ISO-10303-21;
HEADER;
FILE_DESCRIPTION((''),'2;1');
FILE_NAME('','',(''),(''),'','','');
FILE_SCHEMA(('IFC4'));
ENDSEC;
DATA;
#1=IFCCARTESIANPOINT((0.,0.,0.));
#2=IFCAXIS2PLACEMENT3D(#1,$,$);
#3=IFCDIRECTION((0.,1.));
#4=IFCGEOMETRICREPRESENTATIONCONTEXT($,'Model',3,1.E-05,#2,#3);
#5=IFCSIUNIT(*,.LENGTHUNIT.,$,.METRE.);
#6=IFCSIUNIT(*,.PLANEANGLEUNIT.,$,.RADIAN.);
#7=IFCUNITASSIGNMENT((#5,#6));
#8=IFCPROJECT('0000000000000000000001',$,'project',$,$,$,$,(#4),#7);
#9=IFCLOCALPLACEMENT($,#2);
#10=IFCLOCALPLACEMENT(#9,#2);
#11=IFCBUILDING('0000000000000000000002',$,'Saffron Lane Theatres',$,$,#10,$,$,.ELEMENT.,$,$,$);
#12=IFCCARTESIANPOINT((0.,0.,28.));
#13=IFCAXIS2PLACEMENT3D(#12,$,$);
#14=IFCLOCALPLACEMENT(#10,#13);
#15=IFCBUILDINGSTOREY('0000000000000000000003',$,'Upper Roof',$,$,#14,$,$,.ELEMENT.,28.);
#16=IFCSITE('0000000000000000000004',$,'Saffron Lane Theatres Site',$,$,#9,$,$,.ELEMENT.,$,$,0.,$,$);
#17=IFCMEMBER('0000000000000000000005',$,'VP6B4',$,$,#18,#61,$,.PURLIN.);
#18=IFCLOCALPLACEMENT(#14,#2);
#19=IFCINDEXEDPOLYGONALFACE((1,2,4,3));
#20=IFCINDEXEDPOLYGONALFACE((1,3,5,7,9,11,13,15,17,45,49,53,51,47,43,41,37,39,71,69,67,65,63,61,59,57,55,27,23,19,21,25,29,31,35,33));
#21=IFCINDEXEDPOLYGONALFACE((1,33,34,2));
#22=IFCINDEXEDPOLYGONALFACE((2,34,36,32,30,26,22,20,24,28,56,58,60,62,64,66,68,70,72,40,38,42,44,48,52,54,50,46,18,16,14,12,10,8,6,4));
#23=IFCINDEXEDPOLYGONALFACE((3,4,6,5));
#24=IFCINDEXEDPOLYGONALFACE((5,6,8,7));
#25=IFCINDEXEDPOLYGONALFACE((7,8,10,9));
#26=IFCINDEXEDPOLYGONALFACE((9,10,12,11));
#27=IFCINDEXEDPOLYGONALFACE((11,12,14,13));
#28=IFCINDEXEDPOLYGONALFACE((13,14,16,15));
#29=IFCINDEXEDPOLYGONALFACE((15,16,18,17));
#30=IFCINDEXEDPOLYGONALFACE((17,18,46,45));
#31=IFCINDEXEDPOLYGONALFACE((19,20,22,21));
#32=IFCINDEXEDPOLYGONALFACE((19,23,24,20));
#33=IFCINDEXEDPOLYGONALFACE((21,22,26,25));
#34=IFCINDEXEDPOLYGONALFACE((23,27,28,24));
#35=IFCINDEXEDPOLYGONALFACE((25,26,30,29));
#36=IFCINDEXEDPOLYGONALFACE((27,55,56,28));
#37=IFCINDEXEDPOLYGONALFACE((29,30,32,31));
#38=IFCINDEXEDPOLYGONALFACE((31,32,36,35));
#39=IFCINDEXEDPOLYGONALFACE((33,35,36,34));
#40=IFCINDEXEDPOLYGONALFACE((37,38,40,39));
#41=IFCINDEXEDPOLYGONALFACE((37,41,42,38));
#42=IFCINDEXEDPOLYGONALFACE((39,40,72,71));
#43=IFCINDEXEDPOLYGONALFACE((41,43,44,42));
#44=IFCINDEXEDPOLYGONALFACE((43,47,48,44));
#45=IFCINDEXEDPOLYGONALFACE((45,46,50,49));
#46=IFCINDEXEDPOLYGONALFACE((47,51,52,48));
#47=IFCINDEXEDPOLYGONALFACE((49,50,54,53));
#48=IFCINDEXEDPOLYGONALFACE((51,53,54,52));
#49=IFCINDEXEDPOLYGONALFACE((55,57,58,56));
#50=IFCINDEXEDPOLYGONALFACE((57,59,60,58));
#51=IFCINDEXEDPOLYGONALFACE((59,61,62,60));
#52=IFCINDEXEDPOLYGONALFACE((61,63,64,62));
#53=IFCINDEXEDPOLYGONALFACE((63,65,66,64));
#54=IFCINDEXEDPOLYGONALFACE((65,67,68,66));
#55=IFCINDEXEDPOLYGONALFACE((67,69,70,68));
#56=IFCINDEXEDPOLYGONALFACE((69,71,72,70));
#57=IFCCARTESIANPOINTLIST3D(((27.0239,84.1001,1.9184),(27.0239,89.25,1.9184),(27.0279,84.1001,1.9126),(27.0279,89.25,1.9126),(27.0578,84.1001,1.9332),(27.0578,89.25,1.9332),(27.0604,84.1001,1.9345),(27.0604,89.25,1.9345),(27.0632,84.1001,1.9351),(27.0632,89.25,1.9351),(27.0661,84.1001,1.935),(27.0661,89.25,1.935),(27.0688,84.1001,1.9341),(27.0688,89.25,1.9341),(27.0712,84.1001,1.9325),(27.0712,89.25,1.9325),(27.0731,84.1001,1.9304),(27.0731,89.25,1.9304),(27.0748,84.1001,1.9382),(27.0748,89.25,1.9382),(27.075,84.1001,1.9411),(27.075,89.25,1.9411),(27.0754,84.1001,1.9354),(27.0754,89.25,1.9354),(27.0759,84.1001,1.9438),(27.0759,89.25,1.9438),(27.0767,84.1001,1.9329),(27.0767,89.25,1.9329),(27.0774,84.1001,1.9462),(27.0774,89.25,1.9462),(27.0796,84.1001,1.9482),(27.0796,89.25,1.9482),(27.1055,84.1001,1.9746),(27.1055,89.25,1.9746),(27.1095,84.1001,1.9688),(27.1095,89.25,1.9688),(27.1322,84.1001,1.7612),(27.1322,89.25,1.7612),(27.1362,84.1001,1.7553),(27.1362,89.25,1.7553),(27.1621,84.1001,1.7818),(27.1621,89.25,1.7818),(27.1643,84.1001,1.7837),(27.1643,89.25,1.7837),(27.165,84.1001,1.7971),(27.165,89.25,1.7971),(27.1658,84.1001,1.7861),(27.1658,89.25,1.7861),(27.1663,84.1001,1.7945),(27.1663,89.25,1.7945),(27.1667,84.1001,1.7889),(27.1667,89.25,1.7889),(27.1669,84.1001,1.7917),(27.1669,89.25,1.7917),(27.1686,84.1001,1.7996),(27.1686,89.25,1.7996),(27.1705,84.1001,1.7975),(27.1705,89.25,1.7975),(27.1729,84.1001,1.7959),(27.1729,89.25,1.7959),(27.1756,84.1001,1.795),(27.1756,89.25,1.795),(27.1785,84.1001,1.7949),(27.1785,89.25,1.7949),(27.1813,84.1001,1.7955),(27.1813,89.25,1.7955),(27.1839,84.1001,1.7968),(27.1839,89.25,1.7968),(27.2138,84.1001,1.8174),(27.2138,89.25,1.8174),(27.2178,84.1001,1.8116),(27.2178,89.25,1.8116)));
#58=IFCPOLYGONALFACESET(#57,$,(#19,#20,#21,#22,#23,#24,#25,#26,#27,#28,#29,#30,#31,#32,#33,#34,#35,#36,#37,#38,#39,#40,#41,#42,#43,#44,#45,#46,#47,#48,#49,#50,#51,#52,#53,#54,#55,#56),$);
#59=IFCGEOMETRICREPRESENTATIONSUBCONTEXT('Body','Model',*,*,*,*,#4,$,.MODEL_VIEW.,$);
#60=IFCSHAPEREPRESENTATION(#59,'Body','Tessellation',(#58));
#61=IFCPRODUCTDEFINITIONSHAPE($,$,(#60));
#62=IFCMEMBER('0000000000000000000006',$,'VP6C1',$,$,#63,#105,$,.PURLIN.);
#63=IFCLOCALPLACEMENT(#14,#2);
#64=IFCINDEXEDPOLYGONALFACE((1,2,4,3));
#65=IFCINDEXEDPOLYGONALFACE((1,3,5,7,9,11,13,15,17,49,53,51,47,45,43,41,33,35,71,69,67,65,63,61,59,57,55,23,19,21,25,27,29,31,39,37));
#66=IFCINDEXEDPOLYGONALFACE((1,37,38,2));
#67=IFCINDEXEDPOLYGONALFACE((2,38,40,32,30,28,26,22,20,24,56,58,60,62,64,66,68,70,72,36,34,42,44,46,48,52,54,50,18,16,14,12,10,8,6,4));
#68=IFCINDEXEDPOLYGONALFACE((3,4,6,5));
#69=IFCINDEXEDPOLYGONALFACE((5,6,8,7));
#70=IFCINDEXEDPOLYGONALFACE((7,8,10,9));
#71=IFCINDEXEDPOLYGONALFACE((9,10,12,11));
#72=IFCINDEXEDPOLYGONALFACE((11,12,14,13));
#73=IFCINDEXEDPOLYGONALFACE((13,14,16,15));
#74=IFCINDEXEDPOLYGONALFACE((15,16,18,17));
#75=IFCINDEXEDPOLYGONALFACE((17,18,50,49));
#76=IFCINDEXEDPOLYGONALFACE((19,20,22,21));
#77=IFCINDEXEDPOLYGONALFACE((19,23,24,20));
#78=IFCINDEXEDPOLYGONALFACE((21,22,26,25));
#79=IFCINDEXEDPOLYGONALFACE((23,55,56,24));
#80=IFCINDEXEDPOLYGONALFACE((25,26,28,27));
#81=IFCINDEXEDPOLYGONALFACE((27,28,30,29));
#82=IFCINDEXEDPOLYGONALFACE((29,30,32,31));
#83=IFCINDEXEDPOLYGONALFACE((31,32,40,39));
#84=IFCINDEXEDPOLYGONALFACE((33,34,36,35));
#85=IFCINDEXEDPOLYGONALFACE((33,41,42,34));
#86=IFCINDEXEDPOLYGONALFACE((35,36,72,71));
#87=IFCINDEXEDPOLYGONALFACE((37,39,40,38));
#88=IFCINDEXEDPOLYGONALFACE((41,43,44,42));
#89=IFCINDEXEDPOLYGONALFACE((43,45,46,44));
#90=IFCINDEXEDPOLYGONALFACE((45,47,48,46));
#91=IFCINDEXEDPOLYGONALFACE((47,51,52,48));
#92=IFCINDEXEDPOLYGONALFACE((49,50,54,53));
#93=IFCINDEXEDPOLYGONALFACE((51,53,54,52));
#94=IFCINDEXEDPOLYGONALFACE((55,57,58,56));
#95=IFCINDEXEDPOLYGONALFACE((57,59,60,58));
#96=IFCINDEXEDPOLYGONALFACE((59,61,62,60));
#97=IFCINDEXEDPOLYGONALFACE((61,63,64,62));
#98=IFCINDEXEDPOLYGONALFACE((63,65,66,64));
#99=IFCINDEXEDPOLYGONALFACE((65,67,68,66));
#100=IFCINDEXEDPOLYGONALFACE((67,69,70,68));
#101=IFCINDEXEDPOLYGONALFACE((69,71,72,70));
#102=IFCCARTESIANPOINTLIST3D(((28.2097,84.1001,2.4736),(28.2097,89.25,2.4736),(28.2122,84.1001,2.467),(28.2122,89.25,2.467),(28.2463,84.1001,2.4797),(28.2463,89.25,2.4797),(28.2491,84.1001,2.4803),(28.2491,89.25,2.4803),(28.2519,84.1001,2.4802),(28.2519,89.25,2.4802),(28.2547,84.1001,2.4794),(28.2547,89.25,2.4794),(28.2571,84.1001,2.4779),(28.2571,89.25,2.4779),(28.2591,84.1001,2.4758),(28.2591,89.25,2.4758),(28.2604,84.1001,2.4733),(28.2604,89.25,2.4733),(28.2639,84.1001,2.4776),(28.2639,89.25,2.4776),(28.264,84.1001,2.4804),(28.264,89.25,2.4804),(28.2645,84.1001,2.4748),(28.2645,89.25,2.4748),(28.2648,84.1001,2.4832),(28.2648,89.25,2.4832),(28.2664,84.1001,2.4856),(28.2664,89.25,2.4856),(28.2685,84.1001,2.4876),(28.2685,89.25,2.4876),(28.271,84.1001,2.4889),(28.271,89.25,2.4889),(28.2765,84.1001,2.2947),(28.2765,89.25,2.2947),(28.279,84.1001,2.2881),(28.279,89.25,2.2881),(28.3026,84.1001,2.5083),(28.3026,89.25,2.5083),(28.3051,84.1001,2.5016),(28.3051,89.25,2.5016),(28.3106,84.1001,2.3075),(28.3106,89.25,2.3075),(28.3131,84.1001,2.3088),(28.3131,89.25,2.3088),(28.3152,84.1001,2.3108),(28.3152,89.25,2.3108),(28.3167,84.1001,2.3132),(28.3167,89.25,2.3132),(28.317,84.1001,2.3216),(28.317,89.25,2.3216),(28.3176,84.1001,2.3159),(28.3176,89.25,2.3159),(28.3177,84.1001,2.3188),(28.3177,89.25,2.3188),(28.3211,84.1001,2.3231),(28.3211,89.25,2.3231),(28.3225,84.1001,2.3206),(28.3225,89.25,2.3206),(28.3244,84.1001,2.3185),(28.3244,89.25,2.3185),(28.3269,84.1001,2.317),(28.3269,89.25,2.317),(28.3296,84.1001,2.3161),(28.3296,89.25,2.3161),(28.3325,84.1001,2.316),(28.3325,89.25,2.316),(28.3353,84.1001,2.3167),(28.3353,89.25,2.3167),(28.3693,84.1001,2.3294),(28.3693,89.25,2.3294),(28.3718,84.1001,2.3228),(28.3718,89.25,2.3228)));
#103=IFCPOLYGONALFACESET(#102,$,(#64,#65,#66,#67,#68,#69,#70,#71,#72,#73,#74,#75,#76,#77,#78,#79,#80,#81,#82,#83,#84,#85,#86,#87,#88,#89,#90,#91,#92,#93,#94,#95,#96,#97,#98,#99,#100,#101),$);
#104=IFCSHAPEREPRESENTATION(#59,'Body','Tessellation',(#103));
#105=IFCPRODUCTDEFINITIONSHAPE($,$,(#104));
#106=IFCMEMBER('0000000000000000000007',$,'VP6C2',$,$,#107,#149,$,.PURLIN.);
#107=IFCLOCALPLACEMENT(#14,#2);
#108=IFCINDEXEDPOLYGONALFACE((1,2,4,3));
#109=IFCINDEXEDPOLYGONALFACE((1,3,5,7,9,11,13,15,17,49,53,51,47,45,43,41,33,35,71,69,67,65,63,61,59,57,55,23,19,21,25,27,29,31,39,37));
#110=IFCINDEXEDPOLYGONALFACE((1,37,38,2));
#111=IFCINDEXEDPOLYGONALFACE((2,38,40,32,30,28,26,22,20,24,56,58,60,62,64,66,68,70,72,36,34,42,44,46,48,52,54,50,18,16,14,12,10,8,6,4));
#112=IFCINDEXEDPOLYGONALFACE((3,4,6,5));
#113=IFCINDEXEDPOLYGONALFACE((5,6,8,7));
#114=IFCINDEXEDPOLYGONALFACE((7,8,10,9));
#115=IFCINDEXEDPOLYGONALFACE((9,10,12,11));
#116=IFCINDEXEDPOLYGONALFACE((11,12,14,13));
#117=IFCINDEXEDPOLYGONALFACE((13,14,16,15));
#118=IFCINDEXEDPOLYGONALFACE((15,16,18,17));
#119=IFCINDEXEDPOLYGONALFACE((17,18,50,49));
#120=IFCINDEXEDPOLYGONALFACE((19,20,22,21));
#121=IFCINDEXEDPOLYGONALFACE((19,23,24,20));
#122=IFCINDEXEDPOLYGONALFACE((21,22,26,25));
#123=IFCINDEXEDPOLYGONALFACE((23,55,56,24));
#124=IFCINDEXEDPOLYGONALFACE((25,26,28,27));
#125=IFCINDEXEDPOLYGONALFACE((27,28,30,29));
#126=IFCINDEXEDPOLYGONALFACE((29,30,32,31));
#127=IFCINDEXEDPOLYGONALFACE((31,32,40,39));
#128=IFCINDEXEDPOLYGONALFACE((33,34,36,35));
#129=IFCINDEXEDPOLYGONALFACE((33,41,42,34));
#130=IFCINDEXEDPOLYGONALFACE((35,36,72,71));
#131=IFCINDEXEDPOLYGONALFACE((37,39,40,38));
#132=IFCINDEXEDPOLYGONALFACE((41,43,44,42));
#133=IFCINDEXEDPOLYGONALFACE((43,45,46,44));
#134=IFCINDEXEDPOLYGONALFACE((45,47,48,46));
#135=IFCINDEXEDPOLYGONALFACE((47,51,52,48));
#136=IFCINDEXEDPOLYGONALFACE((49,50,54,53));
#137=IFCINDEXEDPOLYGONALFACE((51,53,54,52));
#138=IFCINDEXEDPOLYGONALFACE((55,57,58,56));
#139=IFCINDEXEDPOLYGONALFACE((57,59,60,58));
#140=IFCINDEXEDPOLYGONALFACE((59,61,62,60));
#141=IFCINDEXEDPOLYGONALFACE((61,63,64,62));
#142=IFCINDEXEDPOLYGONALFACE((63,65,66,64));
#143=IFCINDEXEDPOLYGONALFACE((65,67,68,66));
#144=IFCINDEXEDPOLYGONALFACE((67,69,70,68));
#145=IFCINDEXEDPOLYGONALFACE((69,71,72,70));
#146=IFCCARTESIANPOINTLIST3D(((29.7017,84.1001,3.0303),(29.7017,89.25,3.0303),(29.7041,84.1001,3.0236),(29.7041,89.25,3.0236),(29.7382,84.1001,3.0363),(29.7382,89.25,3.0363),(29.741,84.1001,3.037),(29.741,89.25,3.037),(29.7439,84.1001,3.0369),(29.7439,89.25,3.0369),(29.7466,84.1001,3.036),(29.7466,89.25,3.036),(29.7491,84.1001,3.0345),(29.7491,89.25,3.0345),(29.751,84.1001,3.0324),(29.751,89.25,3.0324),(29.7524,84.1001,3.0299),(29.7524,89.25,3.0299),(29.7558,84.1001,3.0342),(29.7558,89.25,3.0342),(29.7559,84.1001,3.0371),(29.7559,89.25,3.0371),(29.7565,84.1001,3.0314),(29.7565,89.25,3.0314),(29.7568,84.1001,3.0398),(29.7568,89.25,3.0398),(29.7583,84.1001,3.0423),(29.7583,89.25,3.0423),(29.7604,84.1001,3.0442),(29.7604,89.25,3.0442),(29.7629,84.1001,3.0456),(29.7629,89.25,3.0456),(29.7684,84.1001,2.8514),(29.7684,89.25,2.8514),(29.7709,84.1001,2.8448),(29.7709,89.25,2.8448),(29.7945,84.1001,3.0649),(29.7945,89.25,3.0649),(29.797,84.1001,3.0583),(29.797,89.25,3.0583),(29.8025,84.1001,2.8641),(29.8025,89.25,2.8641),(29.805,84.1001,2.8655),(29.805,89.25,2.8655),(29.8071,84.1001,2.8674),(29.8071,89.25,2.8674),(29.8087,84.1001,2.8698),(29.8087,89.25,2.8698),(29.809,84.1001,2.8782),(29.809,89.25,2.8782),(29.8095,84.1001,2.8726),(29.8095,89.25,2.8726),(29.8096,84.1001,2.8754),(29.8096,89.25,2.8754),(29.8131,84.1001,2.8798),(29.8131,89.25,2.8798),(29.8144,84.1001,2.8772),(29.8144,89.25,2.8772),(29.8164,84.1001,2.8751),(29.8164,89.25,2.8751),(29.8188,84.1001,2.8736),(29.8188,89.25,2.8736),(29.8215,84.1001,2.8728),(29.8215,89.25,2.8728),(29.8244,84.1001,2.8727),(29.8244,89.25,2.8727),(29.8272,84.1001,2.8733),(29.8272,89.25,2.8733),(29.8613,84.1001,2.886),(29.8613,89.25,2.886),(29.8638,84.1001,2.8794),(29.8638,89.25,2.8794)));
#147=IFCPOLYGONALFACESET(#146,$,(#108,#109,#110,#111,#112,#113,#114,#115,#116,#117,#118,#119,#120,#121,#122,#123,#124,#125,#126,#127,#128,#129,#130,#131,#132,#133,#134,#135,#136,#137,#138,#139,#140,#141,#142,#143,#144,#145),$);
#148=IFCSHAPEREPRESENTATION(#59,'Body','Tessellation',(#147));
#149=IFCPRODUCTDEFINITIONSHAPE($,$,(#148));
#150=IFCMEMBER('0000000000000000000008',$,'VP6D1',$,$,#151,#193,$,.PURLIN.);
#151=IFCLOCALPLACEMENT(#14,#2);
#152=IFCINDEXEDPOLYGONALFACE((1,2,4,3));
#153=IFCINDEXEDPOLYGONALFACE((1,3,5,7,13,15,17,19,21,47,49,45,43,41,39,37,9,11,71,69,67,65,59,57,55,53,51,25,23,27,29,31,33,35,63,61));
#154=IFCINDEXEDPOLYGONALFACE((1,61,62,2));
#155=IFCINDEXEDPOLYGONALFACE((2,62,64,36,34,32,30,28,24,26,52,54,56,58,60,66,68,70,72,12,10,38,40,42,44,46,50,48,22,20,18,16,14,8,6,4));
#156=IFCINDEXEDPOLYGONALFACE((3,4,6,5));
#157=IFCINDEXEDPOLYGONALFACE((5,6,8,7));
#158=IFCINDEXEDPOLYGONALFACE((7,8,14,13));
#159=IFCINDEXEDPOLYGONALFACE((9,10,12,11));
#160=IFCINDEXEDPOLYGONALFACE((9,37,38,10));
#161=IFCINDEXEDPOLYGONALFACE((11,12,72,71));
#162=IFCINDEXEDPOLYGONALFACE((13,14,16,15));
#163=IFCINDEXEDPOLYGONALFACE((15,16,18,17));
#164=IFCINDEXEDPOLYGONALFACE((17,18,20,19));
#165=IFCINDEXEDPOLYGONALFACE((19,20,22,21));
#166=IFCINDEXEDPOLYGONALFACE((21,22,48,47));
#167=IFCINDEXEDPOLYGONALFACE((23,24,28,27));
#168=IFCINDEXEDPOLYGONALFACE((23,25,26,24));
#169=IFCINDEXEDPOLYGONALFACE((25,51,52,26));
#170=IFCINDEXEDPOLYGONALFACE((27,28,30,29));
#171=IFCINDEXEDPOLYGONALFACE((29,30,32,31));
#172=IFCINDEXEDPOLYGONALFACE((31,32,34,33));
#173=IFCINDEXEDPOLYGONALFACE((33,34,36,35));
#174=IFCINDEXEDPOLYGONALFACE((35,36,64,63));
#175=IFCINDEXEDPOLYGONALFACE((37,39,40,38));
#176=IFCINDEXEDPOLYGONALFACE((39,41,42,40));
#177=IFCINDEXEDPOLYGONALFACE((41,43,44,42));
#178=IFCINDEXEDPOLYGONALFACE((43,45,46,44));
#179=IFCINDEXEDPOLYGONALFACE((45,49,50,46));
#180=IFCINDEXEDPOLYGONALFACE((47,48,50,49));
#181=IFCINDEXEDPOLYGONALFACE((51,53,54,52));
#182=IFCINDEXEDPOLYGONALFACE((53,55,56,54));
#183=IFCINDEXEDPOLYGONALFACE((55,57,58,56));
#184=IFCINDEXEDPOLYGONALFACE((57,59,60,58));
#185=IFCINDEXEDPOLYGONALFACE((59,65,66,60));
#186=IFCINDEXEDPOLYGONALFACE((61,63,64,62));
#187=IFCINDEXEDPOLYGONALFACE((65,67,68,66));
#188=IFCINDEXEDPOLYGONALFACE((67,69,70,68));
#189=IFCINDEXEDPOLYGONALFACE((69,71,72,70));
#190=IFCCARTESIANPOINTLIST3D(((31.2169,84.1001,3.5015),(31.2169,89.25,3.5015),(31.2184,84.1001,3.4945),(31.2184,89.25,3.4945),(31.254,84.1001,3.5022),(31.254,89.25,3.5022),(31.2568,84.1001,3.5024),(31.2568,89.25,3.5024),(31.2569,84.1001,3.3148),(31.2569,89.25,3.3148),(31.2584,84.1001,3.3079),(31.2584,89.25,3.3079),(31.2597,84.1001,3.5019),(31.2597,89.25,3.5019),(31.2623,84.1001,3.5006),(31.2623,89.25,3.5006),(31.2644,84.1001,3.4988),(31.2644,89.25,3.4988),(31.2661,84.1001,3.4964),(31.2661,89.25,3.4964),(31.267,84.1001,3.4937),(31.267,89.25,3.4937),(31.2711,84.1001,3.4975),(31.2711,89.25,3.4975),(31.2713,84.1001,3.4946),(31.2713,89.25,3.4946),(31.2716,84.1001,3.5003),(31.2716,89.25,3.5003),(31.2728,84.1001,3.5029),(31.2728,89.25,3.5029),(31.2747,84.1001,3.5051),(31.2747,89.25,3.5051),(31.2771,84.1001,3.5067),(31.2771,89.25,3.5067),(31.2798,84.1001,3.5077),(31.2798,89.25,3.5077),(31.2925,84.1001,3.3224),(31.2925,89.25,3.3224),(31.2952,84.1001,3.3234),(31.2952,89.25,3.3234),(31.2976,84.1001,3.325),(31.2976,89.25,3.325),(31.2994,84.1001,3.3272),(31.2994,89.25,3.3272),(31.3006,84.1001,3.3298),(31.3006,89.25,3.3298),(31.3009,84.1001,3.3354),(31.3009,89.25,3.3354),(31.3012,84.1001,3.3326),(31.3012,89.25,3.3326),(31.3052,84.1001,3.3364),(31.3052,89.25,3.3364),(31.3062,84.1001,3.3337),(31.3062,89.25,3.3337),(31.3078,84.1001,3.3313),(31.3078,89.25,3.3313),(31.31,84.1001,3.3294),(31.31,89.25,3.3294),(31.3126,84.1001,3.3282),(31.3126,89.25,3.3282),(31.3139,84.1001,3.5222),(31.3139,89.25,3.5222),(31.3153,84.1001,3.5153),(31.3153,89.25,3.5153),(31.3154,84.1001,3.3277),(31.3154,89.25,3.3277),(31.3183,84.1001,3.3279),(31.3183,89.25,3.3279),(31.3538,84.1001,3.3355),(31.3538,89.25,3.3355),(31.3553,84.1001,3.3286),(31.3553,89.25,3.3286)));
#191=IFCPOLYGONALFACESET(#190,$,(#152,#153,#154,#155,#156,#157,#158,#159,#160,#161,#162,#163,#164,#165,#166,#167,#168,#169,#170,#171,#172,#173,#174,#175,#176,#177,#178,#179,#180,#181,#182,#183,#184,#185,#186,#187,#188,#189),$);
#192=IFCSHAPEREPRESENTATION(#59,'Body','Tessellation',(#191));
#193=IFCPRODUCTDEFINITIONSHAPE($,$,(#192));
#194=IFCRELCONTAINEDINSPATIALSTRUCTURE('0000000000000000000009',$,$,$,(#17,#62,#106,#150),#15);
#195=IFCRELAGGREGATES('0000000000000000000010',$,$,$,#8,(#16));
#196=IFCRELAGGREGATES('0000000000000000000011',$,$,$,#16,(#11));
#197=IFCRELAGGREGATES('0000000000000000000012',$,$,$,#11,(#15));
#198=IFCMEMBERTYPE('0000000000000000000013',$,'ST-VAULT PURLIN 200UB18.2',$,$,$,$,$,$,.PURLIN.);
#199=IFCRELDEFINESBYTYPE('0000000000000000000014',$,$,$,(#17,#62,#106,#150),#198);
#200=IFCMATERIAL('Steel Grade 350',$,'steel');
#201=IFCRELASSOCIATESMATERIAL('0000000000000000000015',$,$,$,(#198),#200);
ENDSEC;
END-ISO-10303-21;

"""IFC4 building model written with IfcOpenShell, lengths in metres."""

from ifc_helpers import new_model, si_unit, direction, frame, origin, origin_2d, place, context, subcontext, project, spatial, i_section, extrude, material, material_profile, profile_set, type_object, element, save


model = new_model("IFC4")

# Units and contexts
model_context = context("Model", 3, precision=1e-05, world=origin(), true_north=direction((0.0, 1.0)))
body_context = subcontext(model_context, "Body", "Model", "MODEL_VIEW")
ifc_project = project(units=[si_unit("LENGTHUNIT", "METRE"), si_unit("PLANEANGLEUNIT", "RADIAN")], contexts=[model_context])

# Site, building, storey
site_placement = place(None, origin())
site = spatial("IfcSite", under=ifc_project, at=site_placement, Name="Saffron Lane Theatres Site", CompositionType="ELEMENT", RefElevation=0.0)
building_placement = place(site_placement, origin())
building = spatial("IfcBuilding", under=site, at=building_placement, Name="Saffron Lane Theatres", CompositionType="ELEMENT")
storey_placement = place(building_placement, frame((0.0, 0.0, 28.0)))
storey = spatial("IfcBuildingStorey", under=building, at=storey_placement, Name="Upper Roof", CompositionType="ELEMENT", Elevation=28.0)

# Members
ifc_material_1 = material(Name="Steel Grade 350", Category="steel")
ifc_material_profile_1 = material_profile(ifc_material_1, i_section(OverallWidth=0.0991, OverallDepth=0.198, WebThickness=0.0044, FlangeThickness=0.0071, FilletRadius=0.011, at=origin_2d()))
ifc_profile_set_1 = profile_set([ifc_material_profile_1], Name="Steel Grade 350")
member_type_1 = type_object("IfcMemberType", Name="ST-VAULT PURLIN 200UB18.2", PredefinedType="PURLIN", material=ifc_profile_set_1)
for number, where, z_axis, x_axis, name in (
    (1, (27.1208, 84.1001, 1.865), (0.0, 1.0, 0.0), (0.823487, 0.0, 0.567335), "VP6B4"),
    (2, (28.2908, 84.1001, 2.3982), (0.0, 1.0, 0.0), (0.93689, 0.0, 0.349624), "VP6C1"),
    (3, (29.7827, 84.1001, 2.9548), (0.0, 1.0, 0.0), (0.93689, 0.0, 0.349624), "VP6C2"),
    (4, (31.2861, 84.1001, 3.415), (0.0, 1.0, 0.0), (0.977816, 0.0, 0.209466), "VP6D1"),
):
    element("IfcMember", number, at=place(storey_placement, frame(where, z_axis=z_axis, x_axis=x_axis)), inside=storey, type_object=member_type_1, Name=name, PredefinedType="PURLIN", context=body_context, shape_type="SweptSolid", body=[
        extrude(i_section(OverallWidth=0.0991, OverallDepth=0.198, WebThickness=0.0044, FlangeThickness=0.0071, FilletRadius=0.011, at=origin_2d()), origin(), (0.0, 0.0, 1.0), 5.1499),
    ])

save(model, "model.ifc")
